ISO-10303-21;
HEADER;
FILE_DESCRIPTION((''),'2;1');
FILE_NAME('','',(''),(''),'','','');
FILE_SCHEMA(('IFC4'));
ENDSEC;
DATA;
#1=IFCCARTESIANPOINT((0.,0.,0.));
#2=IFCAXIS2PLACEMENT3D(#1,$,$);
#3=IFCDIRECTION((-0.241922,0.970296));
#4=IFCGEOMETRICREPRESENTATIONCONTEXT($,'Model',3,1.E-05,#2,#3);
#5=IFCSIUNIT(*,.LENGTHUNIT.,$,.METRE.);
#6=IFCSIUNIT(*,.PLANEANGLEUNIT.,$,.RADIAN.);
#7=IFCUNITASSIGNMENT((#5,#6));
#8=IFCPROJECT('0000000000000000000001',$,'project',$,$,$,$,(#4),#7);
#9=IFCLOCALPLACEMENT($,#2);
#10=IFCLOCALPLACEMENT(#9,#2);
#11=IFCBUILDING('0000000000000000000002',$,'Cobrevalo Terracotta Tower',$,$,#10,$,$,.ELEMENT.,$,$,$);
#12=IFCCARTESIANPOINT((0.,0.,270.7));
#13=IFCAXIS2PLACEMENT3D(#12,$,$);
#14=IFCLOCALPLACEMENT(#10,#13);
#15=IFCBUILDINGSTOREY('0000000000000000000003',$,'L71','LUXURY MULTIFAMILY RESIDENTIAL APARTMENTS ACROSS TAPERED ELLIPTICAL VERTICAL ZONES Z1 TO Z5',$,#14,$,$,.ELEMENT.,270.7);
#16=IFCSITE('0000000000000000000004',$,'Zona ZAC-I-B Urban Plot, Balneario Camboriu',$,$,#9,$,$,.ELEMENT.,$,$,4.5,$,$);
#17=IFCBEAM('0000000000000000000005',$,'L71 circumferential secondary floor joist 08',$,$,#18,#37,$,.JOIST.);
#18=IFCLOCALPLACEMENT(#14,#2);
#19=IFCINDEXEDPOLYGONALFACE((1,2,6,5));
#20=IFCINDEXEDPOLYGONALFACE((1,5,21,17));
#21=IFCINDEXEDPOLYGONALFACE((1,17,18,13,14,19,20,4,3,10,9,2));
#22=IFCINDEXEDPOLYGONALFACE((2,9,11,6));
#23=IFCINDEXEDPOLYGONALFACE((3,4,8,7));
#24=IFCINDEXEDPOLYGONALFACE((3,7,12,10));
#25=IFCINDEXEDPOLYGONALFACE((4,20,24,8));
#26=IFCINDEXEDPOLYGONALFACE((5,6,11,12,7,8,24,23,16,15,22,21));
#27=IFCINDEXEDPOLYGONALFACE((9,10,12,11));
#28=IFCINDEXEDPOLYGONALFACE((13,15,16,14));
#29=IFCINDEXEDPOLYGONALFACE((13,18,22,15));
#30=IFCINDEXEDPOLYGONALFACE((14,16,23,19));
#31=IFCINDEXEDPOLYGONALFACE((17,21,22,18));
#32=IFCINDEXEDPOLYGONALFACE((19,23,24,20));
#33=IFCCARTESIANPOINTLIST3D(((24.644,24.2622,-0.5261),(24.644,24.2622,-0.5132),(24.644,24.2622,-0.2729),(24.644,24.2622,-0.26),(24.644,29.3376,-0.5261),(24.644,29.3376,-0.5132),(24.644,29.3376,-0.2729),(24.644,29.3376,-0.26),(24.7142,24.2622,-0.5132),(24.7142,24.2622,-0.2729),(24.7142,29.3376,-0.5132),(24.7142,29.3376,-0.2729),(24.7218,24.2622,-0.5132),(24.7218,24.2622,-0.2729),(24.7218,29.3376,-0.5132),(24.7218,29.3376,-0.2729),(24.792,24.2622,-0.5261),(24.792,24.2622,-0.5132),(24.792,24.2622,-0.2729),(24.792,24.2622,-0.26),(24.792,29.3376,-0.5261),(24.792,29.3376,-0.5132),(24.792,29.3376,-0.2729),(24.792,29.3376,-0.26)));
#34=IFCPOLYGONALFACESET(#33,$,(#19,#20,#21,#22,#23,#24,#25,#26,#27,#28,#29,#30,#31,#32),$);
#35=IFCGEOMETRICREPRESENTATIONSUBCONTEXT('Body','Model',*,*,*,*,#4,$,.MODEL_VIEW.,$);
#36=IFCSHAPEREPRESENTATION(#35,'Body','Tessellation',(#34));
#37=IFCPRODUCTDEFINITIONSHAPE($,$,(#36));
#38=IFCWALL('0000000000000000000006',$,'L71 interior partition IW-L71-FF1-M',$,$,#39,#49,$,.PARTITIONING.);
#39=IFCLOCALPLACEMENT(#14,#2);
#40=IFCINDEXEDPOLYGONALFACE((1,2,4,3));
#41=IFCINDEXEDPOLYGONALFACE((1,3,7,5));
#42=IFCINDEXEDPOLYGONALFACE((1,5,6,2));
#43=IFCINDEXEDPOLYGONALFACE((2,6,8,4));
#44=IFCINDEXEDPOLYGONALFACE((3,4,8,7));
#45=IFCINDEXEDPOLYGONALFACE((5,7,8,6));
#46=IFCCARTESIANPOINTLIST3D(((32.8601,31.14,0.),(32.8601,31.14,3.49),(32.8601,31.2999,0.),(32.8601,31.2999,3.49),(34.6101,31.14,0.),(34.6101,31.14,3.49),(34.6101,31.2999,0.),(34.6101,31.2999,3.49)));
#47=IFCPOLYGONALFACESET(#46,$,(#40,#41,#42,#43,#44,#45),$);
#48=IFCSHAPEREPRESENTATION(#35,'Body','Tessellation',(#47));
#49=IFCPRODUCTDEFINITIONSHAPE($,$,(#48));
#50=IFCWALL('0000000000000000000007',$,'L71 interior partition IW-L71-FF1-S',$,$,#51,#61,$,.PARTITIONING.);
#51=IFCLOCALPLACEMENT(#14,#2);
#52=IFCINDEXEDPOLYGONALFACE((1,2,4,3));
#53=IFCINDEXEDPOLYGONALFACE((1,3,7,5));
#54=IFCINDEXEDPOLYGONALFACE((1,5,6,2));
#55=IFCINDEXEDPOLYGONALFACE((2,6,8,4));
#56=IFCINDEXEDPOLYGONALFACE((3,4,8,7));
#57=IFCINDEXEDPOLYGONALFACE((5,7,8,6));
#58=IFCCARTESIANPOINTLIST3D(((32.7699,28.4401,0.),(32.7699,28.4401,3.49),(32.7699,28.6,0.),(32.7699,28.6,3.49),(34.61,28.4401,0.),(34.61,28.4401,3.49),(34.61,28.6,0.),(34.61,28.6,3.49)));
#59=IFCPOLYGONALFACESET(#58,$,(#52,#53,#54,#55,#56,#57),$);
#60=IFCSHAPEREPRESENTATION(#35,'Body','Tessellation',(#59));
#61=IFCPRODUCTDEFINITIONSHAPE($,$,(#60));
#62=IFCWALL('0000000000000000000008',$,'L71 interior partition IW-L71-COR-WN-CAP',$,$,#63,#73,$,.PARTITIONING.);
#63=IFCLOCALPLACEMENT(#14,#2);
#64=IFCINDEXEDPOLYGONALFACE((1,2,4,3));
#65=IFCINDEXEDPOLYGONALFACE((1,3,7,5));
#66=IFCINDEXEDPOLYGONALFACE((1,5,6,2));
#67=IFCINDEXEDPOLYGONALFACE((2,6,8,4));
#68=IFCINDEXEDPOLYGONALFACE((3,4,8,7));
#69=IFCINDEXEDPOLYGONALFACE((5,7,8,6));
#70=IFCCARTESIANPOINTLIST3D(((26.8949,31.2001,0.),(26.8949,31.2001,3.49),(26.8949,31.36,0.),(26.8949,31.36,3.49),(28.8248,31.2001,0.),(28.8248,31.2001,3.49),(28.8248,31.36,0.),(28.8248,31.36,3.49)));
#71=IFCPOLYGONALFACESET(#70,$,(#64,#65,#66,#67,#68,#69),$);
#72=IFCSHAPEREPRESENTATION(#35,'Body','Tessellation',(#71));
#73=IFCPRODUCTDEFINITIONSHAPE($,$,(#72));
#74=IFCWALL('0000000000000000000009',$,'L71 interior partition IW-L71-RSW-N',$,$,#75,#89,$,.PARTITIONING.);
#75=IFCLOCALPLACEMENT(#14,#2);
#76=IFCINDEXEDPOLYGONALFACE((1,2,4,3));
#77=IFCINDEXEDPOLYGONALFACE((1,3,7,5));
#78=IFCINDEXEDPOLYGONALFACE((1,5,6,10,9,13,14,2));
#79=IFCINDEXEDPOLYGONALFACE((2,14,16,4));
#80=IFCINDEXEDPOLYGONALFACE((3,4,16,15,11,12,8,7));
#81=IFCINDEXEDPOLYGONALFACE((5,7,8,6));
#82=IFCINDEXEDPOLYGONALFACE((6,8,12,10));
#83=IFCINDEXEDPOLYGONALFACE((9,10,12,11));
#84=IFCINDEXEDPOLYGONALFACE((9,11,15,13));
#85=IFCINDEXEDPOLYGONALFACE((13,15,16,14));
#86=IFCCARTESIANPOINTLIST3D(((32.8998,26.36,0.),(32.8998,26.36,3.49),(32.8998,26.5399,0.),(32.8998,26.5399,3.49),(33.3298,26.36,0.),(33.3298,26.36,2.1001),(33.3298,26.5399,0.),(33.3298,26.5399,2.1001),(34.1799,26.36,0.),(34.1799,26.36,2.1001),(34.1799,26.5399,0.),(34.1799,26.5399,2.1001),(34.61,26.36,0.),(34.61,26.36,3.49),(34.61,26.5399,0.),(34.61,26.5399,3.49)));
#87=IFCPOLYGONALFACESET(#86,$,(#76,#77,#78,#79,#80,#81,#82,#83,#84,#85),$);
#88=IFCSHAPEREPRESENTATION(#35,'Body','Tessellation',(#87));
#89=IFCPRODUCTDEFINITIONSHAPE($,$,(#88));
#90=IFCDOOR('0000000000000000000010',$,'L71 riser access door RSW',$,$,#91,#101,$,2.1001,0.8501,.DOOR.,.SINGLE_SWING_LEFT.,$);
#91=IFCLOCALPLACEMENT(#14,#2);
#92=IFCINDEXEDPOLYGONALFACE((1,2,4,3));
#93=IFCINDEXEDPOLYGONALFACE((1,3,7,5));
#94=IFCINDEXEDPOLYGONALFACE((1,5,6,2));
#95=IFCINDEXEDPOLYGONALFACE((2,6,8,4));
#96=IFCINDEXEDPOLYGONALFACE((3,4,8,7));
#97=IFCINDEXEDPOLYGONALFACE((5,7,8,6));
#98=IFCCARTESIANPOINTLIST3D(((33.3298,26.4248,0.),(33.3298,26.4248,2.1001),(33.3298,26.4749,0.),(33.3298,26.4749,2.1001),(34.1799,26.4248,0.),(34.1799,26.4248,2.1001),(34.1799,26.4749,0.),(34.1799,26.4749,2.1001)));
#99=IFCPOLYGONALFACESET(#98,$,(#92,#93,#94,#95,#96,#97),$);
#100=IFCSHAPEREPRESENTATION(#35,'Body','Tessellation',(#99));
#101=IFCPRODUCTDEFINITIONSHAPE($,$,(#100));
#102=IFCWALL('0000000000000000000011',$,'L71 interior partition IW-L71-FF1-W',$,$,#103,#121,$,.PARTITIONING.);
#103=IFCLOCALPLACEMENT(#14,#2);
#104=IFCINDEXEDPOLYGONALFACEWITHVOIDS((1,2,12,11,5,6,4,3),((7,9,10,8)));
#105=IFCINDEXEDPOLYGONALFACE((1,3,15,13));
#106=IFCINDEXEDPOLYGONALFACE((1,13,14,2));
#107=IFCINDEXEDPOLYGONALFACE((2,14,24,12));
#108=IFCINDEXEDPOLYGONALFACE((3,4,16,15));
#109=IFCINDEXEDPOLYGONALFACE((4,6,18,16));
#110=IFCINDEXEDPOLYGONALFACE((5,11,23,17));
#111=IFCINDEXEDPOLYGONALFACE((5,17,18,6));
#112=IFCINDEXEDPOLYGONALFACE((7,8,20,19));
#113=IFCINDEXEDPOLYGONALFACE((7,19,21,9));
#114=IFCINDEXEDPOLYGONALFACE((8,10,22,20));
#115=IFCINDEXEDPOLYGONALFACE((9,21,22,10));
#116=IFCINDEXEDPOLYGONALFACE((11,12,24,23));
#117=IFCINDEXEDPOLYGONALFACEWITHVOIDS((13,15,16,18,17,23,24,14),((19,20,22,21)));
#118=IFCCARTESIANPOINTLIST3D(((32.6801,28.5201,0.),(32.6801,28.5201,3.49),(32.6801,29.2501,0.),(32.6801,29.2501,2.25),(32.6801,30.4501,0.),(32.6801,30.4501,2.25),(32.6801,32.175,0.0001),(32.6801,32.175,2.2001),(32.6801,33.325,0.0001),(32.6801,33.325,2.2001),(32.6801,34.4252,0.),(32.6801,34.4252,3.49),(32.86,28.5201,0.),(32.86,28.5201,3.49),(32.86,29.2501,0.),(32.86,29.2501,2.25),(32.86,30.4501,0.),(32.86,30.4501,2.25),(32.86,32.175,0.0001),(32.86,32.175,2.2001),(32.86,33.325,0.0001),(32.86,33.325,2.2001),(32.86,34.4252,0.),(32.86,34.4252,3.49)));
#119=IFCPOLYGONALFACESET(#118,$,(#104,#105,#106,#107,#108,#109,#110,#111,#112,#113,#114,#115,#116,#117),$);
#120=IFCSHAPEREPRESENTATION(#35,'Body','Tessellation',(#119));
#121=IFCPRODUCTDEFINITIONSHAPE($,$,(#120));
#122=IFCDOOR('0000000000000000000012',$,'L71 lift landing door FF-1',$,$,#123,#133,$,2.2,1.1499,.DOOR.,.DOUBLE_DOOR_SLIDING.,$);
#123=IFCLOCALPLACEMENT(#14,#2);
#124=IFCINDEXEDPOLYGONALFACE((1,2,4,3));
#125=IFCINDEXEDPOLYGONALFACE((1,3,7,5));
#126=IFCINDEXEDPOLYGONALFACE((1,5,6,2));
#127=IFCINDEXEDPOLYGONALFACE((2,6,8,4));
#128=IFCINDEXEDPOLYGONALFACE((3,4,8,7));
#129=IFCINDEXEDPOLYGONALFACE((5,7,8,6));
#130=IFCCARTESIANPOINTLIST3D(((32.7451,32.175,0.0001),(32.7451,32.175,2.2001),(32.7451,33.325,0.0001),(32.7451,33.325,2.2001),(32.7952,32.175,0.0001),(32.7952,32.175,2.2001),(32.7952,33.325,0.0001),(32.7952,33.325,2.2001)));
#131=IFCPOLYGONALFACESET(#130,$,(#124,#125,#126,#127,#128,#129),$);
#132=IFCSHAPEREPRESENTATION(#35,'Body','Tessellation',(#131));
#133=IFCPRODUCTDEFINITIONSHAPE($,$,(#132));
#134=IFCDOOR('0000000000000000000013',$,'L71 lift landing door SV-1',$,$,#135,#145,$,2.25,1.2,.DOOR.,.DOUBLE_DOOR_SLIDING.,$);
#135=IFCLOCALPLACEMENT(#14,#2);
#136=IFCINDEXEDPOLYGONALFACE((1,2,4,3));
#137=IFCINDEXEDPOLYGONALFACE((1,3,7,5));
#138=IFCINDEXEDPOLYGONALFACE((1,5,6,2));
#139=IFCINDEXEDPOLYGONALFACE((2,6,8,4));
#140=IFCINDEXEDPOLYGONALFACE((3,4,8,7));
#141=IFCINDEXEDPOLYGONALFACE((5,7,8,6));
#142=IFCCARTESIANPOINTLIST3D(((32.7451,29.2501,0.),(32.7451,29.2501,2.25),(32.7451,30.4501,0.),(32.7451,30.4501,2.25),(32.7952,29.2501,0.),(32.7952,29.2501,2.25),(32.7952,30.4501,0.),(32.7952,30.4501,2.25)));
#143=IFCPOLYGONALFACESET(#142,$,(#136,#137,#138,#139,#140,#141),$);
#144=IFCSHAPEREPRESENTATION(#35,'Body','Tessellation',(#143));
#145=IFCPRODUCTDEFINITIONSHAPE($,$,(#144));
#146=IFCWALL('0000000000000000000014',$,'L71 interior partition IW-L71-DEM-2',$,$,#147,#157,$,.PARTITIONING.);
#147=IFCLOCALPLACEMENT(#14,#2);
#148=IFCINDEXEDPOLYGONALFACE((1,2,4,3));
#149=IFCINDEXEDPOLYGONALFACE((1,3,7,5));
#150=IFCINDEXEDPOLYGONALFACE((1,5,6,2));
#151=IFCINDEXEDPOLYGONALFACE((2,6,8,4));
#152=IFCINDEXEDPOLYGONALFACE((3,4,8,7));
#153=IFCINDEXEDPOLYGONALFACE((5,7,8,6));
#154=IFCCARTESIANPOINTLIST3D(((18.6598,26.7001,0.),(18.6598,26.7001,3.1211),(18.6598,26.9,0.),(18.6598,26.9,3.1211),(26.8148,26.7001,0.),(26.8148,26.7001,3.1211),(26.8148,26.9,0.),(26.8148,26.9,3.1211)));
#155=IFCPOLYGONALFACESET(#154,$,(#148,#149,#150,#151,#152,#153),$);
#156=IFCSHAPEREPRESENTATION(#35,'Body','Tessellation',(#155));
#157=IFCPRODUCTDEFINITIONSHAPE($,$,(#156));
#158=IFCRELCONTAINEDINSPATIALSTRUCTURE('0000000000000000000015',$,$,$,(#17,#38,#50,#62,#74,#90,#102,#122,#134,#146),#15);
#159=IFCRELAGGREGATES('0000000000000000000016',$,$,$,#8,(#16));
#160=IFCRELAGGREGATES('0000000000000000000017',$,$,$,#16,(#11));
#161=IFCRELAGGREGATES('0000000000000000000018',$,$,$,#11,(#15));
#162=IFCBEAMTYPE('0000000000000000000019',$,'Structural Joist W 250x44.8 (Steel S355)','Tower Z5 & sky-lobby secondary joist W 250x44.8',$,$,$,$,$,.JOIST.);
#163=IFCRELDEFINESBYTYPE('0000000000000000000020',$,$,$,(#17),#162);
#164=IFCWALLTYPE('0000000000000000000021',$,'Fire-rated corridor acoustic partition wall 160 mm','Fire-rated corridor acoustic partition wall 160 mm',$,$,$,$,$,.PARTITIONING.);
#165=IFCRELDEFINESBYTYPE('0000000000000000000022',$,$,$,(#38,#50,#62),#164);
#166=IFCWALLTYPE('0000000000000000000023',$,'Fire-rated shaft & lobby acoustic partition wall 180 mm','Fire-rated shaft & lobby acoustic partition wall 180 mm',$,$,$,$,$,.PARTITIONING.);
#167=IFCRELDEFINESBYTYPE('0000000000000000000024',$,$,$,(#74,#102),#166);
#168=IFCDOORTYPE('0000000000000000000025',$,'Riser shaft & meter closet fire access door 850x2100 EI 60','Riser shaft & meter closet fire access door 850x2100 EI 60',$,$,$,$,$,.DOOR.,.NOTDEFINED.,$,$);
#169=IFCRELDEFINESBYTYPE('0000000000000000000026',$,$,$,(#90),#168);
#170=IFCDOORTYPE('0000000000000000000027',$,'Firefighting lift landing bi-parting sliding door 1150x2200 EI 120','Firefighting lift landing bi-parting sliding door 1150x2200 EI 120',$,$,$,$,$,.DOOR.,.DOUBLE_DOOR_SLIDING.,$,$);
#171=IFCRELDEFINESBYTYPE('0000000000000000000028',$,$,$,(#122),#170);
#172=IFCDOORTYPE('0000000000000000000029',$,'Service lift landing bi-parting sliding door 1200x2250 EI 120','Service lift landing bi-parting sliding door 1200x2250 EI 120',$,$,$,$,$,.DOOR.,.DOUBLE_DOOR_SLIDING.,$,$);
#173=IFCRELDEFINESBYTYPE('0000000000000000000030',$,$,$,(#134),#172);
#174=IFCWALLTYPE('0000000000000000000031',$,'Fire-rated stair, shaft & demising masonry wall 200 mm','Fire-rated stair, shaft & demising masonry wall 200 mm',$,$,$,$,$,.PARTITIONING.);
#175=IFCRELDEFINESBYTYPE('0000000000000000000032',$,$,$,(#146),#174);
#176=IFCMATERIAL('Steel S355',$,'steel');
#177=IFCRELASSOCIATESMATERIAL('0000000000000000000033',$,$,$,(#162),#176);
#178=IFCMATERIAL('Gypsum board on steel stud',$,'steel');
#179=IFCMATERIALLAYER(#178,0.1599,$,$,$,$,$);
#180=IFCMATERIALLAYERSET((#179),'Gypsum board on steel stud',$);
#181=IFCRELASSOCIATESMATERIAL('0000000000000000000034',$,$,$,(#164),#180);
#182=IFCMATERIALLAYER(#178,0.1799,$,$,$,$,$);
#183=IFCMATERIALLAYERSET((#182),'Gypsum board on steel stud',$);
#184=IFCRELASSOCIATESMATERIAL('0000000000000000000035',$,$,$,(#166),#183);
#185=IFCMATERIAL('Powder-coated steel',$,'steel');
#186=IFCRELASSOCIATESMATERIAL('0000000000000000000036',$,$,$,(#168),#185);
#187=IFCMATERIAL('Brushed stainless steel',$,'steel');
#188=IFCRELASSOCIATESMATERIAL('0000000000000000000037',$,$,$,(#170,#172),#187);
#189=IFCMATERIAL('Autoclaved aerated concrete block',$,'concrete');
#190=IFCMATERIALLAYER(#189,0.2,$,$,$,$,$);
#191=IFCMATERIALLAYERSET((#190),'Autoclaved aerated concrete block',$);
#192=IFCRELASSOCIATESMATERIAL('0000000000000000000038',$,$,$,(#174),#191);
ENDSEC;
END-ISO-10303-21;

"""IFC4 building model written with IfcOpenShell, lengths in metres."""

from ifc_helpers import new_model, si_unit, direction, frame, frame_2d, origin, origin_2d, place, context, subcontext, project, spatial, rectangle, i_section, extrude, source, transform, mapped, material, layer, layer_set, material_profile, profile_set, type_object, element, fill, save


model = new_model("IFC4")

# Units and contexts
model_context = context("Model", 3, precision=1e-05, world=origin(), true_north=direction((-0.241922, 0.970296)))
body_context = subcontext(model_context, "Body", "Model", "MODEL_VIEW")
ifc_project = project(units=[si_unit("LENGTHUNIT", "METRE"), si_unit("PLANEANGLEUNIT", "RADIAN")], contexts=[model_context])

# Site, building, storey
site_placement = place(None, origin())
site = spatial("IfcSite", under=ifc_project, at=site_placement, Name="Zona ZAC-I-B Urban Plot, Balneario Camboriu", CompositionType="ELEMENT", RefElevation=4.5)
building_placement = place(site_placement, origin())
building = spatial("IfcBuilding", under=site, at=building_placement, Name="Cobrevalo Terracotta Tower", CompositionType="ELEMENT")
storey_placement = place(building_placement, frame((0.0, 0.0, 270.7)))
storey = spatial("IfcBuildingStorey", under=building, at=storey_placement, Name="L71", Description="LUXURY MULTIFAMILY RESIDENTIAL APARTMENTS ACROSS TAPERED ELLIPTICAL VERTICAL ZONES Z1 TO Z5", CompositionType="ELEMENT", Elevation=270.7)

# Beam
ifc_material_1 = material(Name="Steel S355", Category="steel")
ifc_material_profile = material_profile(ifc_material_1, i_section(OverallWidth=0.1479, OverallDepth=0.2661, WebThickness=0.0076, FlangeThickness=0.0129, at=origin_2d()), Name="W 250x44.8")
ifc_profile_set = profile_set([ifc_material_profile], Name="Steel S355")
beam_type = type_object("IfcBeamType", Name="Structural Joist W 250x44.8 (Steel S355)", Description="Tower Z5 & sky-lobby secondary joist W 250x44.8", PredefinedType="JOIST", material=ifc_profile_set)
beam_placement = place(storey_placement, frame((24.718, 29.3376, -0.3931), z_axis=(0.0, -1.0, 0.0), x_axis=(1.0, 0.0, 0.0)))
element("IfcBeam", 1, at=beam_placement, inside=storey, type_object=beam_type, Name="L71 circumferential secondary floor joist 08", PredefinedType="JOIST", context=body_context, shape_type="SweptSolid", body=[
    extrude(i_section(OverallWidth=0.1479, OverallDepth=0.2661, WebThickness=0.0076, FlangeThickness=0.0129, at=origin_2d()), origin(), (0.0, 0.0, 1.0), 5.0754),
])

# Walls
ifc_material_2 = material(Name="Gypsum board on steel stud", Category="steel")
ifc_layer_1 = layer(ifc_material_2, 0.1599)
ifc_layer_set_1 = layer_set([ifc_layer_1], Name="Gypsum board on steel stud")
wall_type_1 = type_object("IfcWallType", Name="Fire-rated corridor acoustic partition wall 160 mm", Description="Fire-rated corridor acoustic partition wall 160 mm", PredefinedType="PARTITIONING", material=ifc_layer_set_1)
wall_1_placement = place(storey_placement, frame((32.8601, 31.22, 0.0), z_axis=(0.0, 0.0, 1.0), x_axis=(1.0, 0.0, 0.0)))
element("IfcWall", 2, at=wall_1_placement, inside=storey, type_object=wall_type_1, Name="L71 interior partition IW-L71-FF1-M", PredefinedType="PARTITIONING", context=body_context, shape_type="SweptSolid", body=[
    extrude(rectangle(XDim=1.75, YDim=0.1599, at=frame_2d((0.875, 0.0))), origin(), (0.0, 0.0, 1.0), 3.49),
])
wall_2_placement = place(storey_placement, frame((32.77, 28.52, 0.0), z_axis=(0.0, 0.0, 1.0), x_axis=(1.0, 0.0, 0.0)))
element("IfcWall", 3, at=wall_2_placement, inside=storey, type_object=wall_type_1, Name="L71 interior partition IW-L71-FF1-S", PredefinedType="PARTITIONING", context=body_context, shape_type="SweptSolid", body=[
    extrude(rectangle(XDim=1.8401, YDim=0.1599, at=frame_2d((0.9199, 0.0))), origin(), (0.0, 0.0, 1.0), 3.49),
])
wall_3_placement = place(storey_placement, frame((26.895, 31.28, 0.0), z_axis=(0.0, 0.0, 1.0), x_axis=(1.0, 0.0, 0.0)))
element("IfcWall", 4, at=wall_3_placement, inside=storey, type_object=wall_type_1, Name="L71 interior partition IW-L71-COR-WN-CAP", PredefinedType="PARTITIONING", context=body_context, shape_type="SweptSolid", body=[
    extrude(rectangle(XDim=1.9299, YDim=0.1599, at=frame_2d((0.9648, 0.0))), origin(), (0.0, 0.0, 1.0), 3.49),
])

# Wall, opening, door
ifc_layer_2 = layer(ifc_material_2, 0.1799)
ifc_layer_set_2 = layer_set([ifc_layer_2], Name="Gypsum board on steel stud")
wall_type_2 = type_object("IfcWallType", Name="Fire-rated shaft & lobby acoustic partition wall 180 mm", Description="Fire-rated shaft & lobby acoustic partition wall 180 mm", PredefinedType="PARTITIONING", material=ifc_layer_set_2)
wall_4_placement = place(storey_placement, frame((32.8999, 26.45, 0.0), z_axis=(0.0, 0.0, 1.0), x_axis=(1.0, 0.0, 0.0)))
wall_4 = element("IfcWall", 5, at=wall_4_placement, inside=storey, type_object=wall_type_2, Name="L71 interior partition IW-L71-RSW-N", PredefinedType="PARTITIONING", context=body_context, shape_type="SweptSolid", body=[
    extrude(rectangle(XDim=1.7102, YDim=0.1799, at=frame_2d((0.855, 0.0))), origin(), (0.0, 0.0, 1.0), 3.49),
])
opening_1_placement = place(wall_4_placement, frame((0.4299, 0.0, 0.0)))
opening_1 = element("IfcOpeningElement", 6, at=opening_1_placement, cuts=wall_4, PredefinedType="OPENING", context=body_context, shape_type="SweptSolid", body=[
    extrude(rectangle(XDim=0.8501, YDim=2.1001, at=frame_2d((0.425, 1.05))), frame((0.0, 0.1001, 0.0), z_axis=(0.0, -1.0, 0.0), x_axis=(1.0, 0.0, 0.0)), (0.0, 0.0, 1.0), 0.2),
])
ifc_material_3 = material(Name="Powder-coated steel", Category="steel")
door_type_1 = type_object("IfcDoorType", Name="Riser shaft & meter closet fire access door 850x2100 EI 60", Description="Riser shaft & meter closet fire access door 850x2100 EI 60", OperationType="NOTDEFINED", PredefinedType="DOOR", material=ifc_material_3)
shared_shape_1 = source(origin(), body_context, "Body", "SweptSolid", [
    extrude(rectangle(XDim=0.8501, YDim=2.1001, at=frame_2d((0.425, 1.05))), frame((0.0, 0.0249, 0.0), z_axis=(0.0, -1.0, 0.0), x_axis=(1.0, 0.0, 0.0)), (0.0, 0.0, 1.0), 0.05),
])
door_1_placement = place(opening_1_placement, origin())
door_1 = element("IfcDoor", 7, at=door_1_placement, inside=storey, type_object=door_type_1, Name="L71 riser access door RSW", OperationType="SINGLE_SWING_LEFT", OverallHeight=2.1001, OverallWidth=0.8501, PredefinedType="DOOR", context=body_context, shape_type="MappedRepresentation", body=[
    mapped(shared_shape_1, transform((0.0, 0.0, 0.0), scale=1.0)),
])
fill(opening_1, door_1)

# Wall, openings, doors
wall_5_placement = place(storey_placement, frame((32.77, 28.52, 0.0), z_axis=(0.0, 0.0, 1.0), x_axis=(0.0, 1.0, 0.0)))
wall_5 = element("IfcWall", 8, at=wall_5_placement, inside=storey, type_object=wall_type_2, Name="L71 interior partition IW-L71-FF1-W", PredefinedType="PARTITIONING", context=body_context, shape_type="SweptSolid", body=[
    extrude(rectangle(XDim=5.905, YDim=0.1799, at=frame_2d((2.9526, 0.0))), origin(), (0.0, 0.0, 1.0), 3.49),
])
opening_2_placement = place(wall_5_placement, frame((3.655, 0.0, 0.0)))
opening_2 = element("IfcOpeningElement", 9, at=opening_2_placement, cuts=wall_5, PredefinedType="OPENING", context=body_context, shape_type="SweptSolid", body=[
    extrude(rectangle(XDim=1.1499, YDim=2.2, at=frame_2d((0.575, 1.1001))), frame((0.0, 0.1001, 0.0), z_axis=(0.0, -1.0, 0.0), x_axis=(1.0, 0.0, 0.0)), (0.0, 0.0, 1.0), 0.2),
])
opening_3_placement = place(wall_5_placement, frame((0.73, 0.0, 0.0)))
opening_3 = element("IfcOpeningElement", 10, at=opening_3_placement, cuts=wall_5, PredefinedType="OPENING", context=body_context, shape_type="SweptSolid", body=[
    extrude(rectangle(XDim=1.2, YDim=2.25, at=frame_2d((0.6001, 1.125))), frame((0.0, 0.1001, 0.0), z_axis=(0.0, -1.0, 0.0), x_axis=(1.0, 0.0, 0.0)), (0.0, 0.0, 1.0), 0.2),
])
ifc_material_4 = material(Name="Brushed stainless steel", Category="steel")
door_type_2 = type_object("IfcDoorType", Name="Firefighting lift landing bi-parting sliding door 1150x2200 EI 120", Description="Firefighting lift landing bi-parting sliding door 1150x2200 EI 120", OperationType="DOUBLE_DOOR_SLIDING", PredefinedType="DOOR", material=ifc_material_4)
shared_shape_2 = source(origin(), body_context, "Body", "SweptSolid", [
    extrude(rectangle(XDim=1.1499, YDim=2.2, at=frame_2d((0.575, 1.1001))), frame((0.0, 0.0249, 0.0), z_axis=(0.0, -1.0, 0.0), x_axis=(1.0, 0.0, 0.0)), (0.0, 0.0, 1.0), 0.05),
])
door_2_placement = place(opening_2_placement, origin())
door_2 = element("IfcDoor", 11, at=door_2_placement, inside=storey, type_object=door_type_2, Name="L71 lift landing door FF-1", OperationType="DOUBLE_DOOR_SLIDING", OverallHeight=2.2, OverallWidth=1.1499, PredefinedType="DOOR", context=body_context, shape_type="MappedRepresentation", body=[
    mapped(shared_shape_2, transform((0.0, 0.0, 0.0), scale=1.0)),
])
fill(opening_2, door_2)
door_type_3 = type_object("IfcDoorType", Name="Service lift landing bi-parting sliding door 1200x2250 EI 120", Description="Service lift landing bi-parting sliding door 1200x2250 EI 120", OperationType="DOUBLE_DOOR_SLIDING", PredefinedType="DOOR", material=ifc_material_4)
shared_shape_3 = source(origin(), body_context, "Body", "SweptSolid", [
    extrude(rectangle(XDim=1.2, YDim=2.25, at=frame_2d((0.6001, 1.125))), frame((0.0, 0.0249, 0.0), z_axis=(0.0, -1.0, 0.0), x_axis=(1.0, 0.0, 0.0)), (0.0, 0.0, 1.0), 0.05),
])
door_3_placement = place(opening_3_placement, origin())
door_3 = element("IfcDoor", 12, at=door_3_placement, inside=storey, type_object=door_type_3, Name="L71 lift landing door SV-1", OperationType="DOUBLE_DOOR_SLIDING", OverallHeight=2.25, OverallWidth=1.2, PredefinedType="DOOR", context=body_context, shape_type="MappedRepresentation", body=[
    mapped(shared_shape_3, transform((0.0, 0.0, 0.0), scale=1.0)),
])
fill(opening_3, door_3)

# Wall
ifc_material_5 = material(Name="Autoclaved aerated concrete block", Category="concrete")
ifc_layer_3 = layer(ifc_material_5, 0.2)
ifc_layer_set_3 = layer_set([ifc_layer_3], Name="Autoclaved aerated concrete block")
wall_type_3 = type_object("IfcWallType", Name="Fire-rated stair, shaft & demising masonry wall 200 mm", Description="Fire-rated stair, shaft & demising masonry wall 200 mm", PredefinedType="PARTITIONING", material=ifc_layer_set_3)
wall_6_placement = place(storey_placement, frame((26.8149, 26.8, 0.0), z_axis=(0.0, 0.0, 1.0), x_axis=(-1.0, 0.0, 0.0)))
element("IfcWall", 13, at=wall_6_placement, inside=storey, type_object=wall_type_3, Name="L71 interior partition IW-L71-DEM-2", PredefinedType="PARTITIONING", context=body_context, shape_type="SweptSolid", body=[
    extrude(rectangle(XDim=8.155, YDim=0.2, at=frame_2d((4.0776, 0.0))), origin(), (0.0, 0.0, 1.0), 3.1211),
])

save(model, "model.ifc")
